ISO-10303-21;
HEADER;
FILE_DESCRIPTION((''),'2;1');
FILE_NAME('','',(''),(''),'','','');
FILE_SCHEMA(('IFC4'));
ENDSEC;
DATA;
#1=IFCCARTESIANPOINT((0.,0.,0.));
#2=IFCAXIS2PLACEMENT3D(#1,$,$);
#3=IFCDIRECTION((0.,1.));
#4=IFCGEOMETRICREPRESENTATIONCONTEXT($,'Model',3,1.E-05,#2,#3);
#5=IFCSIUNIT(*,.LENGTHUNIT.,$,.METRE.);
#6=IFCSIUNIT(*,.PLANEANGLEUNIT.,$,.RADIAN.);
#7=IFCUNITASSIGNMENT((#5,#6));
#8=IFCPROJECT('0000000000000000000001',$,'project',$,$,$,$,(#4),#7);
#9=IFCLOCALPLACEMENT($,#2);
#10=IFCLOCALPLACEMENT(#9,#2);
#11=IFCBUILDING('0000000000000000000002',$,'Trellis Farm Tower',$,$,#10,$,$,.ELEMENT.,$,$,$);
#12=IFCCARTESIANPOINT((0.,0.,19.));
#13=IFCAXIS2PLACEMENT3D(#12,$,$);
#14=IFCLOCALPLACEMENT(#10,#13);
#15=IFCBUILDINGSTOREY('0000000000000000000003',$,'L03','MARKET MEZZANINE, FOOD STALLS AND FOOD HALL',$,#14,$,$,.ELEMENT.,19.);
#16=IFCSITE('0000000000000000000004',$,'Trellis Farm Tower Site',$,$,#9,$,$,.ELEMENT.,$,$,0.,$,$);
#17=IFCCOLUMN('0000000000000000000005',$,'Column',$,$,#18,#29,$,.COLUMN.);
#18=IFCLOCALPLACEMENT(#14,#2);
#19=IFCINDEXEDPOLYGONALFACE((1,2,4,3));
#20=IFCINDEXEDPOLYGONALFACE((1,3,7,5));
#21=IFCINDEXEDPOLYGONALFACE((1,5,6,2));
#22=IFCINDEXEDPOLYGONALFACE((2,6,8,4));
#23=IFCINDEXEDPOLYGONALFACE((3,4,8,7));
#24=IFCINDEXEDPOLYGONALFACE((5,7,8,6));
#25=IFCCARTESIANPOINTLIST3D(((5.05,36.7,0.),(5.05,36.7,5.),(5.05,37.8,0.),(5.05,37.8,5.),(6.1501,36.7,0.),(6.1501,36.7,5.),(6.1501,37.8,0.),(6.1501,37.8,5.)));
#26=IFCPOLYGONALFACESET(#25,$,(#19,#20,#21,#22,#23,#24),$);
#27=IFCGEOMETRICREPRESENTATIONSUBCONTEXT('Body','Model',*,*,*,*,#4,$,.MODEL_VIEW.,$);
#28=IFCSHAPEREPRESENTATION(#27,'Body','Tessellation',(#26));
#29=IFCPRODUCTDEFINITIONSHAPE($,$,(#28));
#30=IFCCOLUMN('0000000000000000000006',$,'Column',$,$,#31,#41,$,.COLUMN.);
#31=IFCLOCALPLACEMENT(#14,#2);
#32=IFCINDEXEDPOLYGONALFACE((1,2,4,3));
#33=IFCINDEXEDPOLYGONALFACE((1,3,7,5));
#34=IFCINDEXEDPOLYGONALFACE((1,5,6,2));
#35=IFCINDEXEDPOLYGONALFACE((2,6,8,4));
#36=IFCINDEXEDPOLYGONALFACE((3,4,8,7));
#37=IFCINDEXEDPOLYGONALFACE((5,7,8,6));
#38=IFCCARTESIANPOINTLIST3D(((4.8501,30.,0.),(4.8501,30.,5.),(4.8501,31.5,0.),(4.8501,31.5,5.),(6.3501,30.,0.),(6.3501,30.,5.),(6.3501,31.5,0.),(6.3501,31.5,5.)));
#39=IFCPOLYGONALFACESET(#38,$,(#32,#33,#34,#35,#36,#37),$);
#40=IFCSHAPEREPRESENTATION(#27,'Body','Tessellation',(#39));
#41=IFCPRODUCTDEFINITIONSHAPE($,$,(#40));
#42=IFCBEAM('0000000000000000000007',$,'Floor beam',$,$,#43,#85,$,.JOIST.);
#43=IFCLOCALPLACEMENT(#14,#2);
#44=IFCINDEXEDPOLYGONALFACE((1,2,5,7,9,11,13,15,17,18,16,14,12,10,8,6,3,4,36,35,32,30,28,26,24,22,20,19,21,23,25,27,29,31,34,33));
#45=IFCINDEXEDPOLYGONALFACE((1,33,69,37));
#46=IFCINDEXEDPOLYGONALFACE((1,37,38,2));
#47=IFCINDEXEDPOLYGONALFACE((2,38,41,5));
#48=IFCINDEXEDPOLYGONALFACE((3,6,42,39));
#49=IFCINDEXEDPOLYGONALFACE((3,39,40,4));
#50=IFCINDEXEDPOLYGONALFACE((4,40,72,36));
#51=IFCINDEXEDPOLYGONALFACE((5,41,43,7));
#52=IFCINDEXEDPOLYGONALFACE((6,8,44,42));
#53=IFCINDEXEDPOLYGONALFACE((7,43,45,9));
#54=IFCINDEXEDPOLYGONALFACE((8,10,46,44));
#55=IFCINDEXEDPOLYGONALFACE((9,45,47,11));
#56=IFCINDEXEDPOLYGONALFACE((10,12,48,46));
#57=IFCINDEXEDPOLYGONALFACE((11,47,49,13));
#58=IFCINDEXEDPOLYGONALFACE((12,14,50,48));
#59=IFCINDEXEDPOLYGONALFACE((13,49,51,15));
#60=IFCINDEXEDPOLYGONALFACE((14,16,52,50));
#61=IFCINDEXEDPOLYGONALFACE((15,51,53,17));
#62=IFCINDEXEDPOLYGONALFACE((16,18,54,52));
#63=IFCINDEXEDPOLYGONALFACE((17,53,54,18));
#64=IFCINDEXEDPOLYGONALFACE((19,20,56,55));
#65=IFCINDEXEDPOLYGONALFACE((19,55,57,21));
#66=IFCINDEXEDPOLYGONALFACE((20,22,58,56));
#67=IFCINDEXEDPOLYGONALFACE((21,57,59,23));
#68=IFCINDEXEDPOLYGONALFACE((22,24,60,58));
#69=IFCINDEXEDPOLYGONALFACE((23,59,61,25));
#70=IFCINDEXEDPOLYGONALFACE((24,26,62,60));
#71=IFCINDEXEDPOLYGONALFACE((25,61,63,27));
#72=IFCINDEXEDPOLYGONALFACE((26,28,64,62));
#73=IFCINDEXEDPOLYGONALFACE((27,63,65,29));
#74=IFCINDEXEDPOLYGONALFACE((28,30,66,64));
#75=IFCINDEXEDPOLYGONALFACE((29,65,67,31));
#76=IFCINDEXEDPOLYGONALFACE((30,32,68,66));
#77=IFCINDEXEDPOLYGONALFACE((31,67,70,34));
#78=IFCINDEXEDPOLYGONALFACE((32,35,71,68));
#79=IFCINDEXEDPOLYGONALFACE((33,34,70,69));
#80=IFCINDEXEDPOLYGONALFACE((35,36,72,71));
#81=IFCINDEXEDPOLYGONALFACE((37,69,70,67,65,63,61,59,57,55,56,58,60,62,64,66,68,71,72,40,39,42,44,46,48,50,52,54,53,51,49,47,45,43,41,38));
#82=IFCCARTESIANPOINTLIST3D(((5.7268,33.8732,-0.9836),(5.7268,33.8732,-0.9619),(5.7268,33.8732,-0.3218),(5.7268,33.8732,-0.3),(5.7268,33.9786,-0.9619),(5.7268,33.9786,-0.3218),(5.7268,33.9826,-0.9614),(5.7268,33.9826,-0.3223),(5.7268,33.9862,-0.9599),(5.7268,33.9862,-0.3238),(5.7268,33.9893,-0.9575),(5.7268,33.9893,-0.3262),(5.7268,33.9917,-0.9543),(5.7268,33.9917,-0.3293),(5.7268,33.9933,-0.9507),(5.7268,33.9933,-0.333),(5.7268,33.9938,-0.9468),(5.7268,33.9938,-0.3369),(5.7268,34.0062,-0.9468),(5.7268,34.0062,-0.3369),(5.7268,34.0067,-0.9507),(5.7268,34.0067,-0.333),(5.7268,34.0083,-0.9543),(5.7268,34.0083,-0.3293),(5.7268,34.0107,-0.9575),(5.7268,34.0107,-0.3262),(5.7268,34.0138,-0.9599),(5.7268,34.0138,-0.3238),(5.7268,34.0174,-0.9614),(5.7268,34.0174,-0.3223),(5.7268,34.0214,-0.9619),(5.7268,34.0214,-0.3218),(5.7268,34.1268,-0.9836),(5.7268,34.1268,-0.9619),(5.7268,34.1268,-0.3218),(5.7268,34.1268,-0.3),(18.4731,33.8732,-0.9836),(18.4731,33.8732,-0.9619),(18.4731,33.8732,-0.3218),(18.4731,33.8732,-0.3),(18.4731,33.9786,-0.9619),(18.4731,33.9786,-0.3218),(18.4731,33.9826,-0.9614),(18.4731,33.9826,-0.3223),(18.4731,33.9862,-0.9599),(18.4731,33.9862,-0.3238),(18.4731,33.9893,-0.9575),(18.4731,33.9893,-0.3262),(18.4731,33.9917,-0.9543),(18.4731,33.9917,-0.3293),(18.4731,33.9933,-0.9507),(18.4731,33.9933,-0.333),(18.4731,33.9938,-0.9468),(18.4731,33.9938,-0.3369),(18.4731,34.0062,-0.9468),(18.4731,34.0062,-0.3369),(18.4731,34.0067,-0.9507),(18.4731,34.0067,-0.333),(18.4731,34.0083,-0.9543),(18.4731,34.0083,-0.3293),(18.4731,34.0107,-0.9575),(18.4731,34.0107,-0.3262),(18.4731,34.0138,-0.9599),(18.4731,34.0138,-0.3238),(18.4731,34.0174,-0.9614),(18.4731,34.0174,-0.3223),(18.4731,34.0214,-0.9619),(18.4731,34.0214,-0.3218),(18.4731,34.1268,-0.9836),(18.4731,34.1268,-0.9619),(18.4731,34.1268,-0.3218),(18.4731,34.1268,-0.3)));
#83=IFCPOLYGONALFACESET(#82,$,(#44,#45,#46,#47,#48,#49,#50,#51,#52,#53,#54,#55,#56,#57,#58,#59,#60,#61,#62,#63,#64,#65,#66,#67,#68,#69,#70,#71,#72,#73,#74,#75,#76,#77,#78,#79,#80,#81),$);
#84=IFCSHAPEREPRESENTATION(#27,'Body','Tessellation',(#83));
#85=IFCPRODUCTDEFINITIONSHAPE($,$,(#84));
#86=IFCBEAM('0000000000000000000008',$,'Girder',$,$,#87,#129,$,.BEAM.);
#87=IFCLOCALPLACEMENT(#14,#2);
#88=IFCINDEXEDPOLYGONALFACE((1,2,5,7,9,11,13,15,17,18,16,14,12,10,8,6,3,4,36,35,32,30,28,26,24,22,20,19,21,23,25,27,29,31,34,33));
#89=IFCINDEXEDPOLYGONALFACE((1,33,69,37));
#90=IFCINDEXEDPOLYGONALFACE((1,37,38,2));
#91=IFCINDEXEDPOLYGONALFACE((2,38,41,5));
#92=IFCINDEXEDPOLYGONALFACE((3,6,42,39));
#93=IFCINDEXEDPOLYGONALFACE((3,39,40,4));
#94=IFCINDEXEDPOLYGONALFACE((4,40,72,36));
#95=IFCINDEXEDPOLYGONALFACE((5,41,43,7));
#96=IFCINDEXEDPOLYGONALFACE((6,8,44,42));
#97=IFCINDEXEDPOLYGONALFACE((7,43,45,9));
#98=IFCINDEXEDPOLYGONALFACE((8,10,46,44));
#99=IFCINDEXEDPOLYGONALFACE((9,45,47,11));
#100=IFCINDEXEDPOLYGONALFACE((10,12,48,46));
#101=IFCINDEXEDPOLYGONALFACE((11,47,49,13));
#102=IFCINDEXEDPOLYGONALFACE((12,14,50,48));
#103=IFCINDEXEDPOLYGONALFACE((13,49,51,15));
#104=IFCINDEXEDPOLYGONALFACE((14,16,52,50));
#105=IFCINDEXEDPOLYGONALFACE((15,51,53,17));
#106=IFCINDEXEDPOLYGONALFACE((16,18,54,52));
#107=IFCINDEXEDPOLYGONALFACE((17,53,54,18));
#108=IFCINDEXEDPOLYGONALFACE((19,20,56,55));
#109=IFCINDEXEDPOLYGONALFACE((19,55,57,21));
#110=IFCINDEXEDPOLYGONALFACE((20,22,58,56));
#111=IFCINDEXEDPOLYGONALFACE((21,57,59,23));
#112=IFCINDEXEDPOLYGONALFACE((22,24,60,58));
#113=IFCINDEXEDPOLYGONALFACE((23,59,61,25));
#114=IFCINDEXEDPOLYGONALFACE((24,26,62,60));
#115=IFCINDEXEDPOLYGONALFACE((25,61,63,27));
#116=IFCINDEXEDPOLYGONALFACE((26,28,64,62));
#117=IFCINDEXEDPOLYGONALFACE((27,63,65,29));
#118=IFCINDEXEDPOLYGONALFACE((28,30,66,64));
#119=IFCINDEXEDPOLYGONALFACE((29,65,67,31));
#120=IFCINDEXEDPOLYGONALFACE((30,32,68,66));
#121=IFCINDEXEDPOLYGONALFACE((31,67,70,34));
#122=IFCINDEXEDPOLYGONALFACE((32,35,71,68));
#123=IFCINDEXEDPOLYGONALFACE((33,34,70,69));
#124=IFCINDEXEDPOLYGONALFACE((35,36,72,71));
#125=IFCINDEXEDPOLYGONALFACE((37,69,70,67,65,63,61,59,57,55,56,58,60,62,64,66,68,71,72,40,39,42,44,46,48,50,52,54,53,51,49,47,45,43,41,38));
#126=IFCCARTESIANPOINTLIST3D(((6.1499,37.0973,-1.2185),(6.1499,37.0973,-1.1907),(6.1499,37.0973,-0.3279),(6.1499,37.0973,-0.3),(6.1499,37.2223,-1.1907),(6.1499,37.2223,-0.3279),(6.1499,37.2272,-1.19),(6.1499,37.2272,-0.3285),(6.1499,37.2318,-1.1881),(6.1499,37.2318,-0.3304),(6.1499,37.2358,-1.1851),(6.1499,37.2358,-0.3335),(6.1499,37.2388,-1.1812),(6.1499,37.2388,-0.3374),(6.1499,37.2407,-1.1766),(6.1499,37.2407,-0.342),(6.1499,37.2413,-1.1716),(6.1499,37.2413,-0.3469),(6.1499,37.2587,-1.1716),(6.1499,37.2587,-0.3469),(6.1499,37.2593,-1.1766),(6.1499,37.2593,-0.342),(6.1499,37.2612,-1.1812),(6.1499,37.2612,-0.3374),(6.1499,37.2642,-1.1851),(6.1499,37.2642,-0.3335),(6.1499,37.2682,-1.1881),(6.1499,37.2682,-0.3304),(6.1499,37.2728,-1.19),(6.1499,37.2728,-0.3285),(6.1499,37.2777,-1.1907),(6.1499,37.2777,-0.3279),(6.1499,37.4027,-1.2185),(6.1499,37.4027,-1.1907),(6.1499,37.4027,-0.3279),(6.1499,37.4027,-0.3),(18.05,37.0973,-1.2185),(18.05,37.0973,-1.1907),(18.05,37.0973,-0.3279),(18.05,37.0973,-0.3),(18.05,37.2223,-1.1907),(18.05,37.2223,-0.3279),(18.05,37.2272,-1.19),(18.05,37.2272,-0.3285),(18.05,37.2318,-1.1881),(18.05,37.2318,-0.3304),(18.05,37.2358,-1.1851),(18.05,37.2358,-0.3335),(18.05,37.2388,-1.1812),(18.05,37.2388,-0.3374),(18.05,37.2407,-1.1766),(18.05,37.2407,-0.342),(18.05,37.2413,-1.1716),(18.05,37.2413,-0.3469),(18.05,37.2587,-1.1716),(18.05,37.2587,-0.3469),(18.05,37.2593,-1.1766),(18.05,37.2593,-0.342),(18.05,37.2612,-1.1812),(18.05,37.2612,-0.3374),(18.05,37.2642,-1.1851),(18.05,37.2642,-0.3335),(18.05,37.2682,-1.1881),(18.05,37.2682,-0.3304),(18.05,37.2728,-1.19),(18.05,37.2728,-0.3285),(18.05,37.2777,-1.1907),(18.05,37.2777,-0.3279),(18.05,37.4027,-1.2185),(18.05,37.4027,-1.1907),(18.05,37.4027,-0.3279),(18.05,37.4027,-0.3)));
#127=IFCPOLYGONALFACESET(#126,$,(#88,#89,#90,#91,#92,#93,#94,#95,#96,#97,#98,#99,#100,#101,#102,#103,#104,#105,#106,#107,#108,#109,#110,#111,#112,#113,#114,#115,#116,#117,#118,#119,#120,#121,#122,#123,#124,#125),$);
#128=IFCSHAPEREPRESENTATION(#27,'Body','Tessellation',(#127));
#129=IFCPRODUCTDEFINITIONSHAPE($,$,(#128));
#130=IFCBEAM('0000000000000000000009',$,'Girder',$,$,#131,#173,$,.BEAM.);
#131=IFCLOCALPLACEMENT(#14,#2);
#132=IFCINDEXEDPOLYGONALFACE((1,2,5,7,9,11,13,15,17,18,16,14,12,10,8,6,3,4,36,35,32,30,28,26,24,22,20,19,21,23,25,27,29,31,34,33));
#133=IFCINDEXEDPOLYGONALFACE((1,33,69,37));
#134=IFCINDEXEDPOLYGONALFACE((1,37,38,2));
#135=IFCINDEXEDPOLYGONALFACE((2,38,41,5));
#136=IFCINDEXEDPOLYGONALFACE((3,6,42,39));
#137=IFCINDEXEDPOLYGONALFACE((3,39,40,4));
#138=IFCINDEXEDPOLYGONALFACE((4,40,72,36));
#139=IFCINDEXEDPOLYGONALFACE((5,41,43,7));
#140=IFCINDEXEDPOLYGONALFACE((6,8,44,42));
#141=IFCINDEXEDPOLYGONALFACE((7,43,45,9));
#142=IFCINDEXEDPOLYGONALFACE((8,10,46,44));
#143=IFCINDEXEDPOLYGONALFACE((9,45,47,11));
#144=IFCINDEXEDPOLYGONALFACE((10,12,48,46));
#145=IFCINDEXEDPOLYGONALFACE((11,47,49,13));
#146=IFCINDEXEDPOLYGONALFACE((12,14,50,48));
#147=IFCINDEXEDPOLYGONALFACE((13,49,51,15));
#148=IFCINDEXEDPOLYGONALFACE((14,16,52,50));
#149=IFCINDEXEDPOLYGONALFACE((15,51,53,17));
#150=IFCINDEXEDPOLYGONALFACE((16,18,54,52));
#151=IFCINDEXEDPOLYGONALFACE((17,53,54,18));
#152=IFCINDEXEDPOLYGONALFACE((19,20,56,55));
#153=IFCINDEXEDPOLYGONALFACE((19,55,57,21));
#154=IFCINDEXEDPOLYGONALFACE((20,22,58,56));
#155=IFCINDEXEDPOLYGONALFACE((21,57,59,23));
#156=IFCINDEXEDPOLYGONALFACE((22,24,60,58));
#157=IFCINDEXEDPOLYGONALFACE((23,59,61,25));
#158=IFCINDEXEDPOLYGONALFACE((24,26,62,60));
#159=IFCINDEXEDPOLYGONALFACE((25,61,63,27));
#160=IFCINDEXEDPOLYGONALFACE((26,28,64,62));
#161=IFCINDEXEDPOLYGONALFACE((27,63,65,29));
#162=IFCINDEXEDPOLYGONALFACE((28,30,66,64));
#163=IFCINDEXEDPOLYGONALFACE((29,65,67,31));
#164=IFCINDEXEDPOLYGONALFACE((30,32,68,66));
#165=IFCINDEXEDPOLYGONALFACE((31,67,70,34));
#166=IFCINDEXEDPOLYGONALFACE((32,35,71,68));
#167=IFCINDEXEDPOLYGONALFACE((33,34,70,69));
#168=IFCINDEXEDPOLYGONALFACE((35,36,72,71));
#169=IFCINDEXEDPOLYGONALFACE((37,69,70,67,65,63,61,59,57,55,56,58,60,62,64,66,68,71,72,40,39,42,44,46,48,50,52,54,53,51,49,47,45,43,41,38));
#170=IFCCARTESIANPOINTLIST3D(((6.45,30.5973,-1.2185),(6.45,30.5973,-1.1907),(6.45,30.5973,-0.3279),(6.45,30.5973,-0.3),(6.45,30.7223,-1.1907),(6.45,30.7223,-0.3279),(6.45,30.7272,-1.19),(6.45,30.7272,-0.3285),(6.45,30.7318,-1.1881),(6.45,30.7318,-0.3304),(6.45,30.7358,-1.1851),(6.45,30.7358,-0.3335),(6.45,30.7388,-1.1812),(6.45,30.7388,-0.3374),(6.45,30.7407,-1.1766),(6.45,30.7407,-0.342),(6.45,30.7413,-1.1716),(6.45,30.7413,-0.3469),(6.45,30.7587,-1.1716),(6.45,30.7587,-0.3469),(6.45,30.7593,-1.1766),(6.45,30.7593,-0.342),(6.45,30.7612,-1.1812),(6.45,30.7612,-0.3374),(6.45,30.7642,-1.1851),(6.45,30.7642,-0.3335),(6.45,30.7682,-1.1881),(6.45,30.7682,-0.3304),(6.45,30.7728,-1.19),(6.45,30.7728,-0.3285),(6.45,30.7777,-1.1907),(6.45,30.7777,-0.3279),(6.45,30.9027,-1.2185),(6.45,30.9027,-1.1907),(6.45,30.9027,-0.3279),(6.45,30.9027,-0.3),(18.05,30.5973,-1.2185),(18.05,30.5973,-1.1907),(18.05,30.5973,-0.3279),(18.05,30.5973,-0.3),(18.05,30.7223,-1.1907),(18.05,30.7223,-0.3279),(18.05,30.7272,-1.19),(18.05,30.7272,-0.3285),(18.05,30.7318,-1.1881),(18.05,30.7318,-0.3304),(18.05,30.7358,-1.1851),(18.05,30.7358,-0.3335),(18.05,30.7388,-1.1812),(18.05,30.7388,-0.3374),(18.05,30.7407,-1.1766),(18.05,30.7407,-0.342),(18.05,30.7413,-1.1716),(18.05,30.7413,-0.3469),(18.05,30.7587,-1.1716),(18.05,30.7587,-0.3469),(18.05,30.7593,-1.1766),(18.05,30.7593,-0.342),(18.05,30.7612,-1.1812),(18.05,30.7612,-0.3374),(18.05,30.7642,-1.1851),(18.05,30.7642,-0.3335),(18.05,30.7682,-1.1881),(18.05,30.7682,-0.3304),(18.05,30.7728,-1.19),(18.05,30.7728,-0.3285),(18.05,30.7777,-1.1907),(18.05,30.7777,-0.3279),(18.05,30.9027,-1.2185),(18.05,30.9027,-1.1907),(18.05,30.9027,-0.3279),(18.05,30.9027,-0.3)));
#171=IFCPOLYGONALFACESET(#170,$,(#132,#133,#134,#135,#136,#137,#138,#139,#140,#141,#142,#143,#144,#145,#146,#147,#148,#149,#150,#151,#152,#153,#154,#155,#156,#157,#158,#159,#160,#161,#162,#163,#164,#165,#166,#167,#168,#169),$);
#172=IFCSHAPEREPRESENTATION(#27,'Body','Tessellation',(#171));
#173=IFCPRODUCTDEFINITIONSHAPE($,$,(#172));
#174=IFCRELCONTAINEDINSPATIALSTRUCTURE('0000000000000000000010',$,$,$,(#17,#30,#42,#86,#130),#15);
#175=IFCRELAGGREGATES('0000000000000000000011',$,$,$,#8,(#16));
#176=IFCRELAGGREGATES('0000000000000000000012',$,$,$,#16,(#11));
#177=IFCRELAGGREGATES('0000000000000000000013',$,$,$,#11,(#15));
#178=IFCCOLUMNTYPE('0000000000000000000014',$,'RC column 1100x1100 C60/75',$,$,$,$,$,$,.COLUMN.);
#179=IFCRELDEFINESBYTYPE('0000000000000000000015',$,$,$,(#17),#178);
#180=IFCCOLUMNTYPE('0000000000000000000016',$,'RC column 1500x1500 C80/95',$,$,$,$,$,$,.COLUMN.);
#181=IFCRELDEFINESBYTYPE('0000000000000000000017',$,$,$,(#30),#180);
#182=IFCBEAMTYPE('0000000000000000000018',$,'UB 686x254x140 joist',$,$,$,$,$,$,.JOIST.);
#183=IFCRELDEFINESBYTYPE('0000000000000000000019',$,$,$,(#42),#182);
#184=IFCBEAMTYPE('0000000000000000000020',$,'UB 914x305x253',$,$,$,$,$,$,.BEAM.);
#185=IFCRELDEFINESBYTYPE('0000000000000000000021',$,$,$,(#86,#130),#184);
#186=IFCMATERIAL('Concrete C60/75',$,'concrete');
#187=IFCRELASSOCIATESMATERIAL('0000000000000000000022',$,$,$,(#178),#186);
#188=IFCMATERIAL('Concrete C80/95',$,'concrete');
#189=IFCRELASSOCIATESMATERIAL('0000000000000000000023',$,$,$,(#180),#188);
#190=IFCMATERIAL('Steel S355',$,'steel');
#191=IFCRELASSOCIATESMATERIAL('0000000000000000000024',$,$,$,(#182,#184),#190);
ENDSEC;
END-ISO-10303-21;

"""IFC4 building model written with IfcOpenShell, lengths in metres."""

from ifc_helpers import new_model, si_unit, direction, frame, origin, origin_2d, place, context, subcontext, project, spatial, rectangle, i_section, extrude, source, transform, mapped, material, material_profile, profile_set, type_object, element, save


model = new_model("IFC4")

# Units and contexts
model_context = context("Model", 3, precision=1e-05, world=origin(), true_north=direction((0.0, 1.0)))
body_context = subcontext(model_context, "Body", "Model", "MODEL_VIEW")
ifc_project = project(units=[si_unit("LENGTHUNIT", "METRE"), si_unit("PLANEANGLEUNIT", "RADIAN")], contexts=[model_context])

# Site, building, storey
site_placement = place(None, origin())
site = spatial("IfcSite", under=ifc_project, at=site_placement, Name="Trellis Farm Tower Site", CompositionType="ELEMENT", RefElevation=0.0)
building_placement = place(site_placement, origin())
building = spatial("IfcBuilding", under=site, at=building_placement, Name="Trellis Farm Tower", CompositionType="ELEMENT")
storey_placement = place(building_placement, frame((0.0, 0.0, 19.0)))
storey = spatial("IfcBuildingStorey", under=building, at=storey_placement, Name="L03", Description="MARKET MEZZANINE, FOOD STALLS AND FOOD HALL", CompositionType="ELEMENT", Elevation=19.0)

# Columns
ifc_material_1 = material(Name="Concrete C60/75", Category="concrete")
ifc_material_profile_1 = material_profile(ifc_material_1, rectangle(XDim=1.1001, YDim=1.1001, at=origin_2d()), Name="RC column 1100x1100 C60/75")
ifc_profile_set_1 = profile_set([ifc_material_profile_1], Name="Concrete C60/75")
column_type_1 = type_object("IfcColumnType", Name="RC column 1100x1100 C60/75", PredefinedType="COLUMN", material=ifc_profile_set_1)
shared_shape_1 = source(origin(), body_context, "Body", "SweptSolid", [
    extrude(rectangle(XDim=1.1001, YDim=1.1001, at=origin_2d()), origin(), (0.0, 0.0, 1.0), 5.0),
])
column_1_placement = place(storey_placement, frame((5.6001, 37.25, 0.0), z_axis=(0.0, 0.0, 1.0), x_axis=(1.0, 0.0, 0.0)))
element("IfcColumn", 1, at=column_1_placement, inside=storey, type_object=column_type_1, Name="Column", PredefinedType="COLUMN", context=body_context, shape_type="MappedRepresentation", body=[
    mapped(shared_shape_1, transform((0.0, 0.0, 0.0))),
])
ifc_material_2 = material(Name="Concrete C80/95", Category="concrete")
ifc_material_profile_2 = material_profile(ifc_material_2, rectangle(XDim=1.5, YDim=1.5, at=origin_2d()), Name="RC column 1500x1500 C80/95")
ifc_profile_set_2 = profile_set([ifc_material_profile_2], Name="Concrete C80/95")
column_type_2 = type_object("IfcColumnType", Name="RC column 1500x1500 C80/95", PredefinedType="COLUMN", material=ifc_profile_set_2)
shared_shape_2 = source(origin(), body_context, "Body", "SweptSolid", [
    extrude(rectangle(XDim=1.5, YDim=1.5, at=origin_2d()), origin(), (0.0, 0.0, 1.0), 5.0),
])
column_2_placement = place(storey_placement, frame((5.6001, 30.75, 0.0), z_axis=(0.0, 0.0, 1.0), x_axis=(1.0, 0.0, 0.0)))
element("IfcColumn", 2, at=column_2_placement, inside=storey, type_object=column_type_2, Name="Column", PredefinedType="COLUMN", context=body_context, shape_type="MappedRepresentation", body=[
    mapped(shared_shape_2, transform((0.0, 0.0, 0.0))),
])

# Beams
ifc_material_3 = material(Name="Steel S355", Category="steel")
ifc_material_profile_3 = material_profile(ifc_material_3, i_section(OverallWidth=0.2537, OverallDepth=0.6836, WebThickness=0.0125, FlangeThickness=0.0217, FilletRadius=0.0151, at=origin_2d()), Name="UB 686x254x140")
ifc_profile_set_3 = profile_set([ifc_material_profile_3], Name="Steel S355")
beam_type_1 = type_object("IfcBeamType", Name="UB 686x254x140 joist", PredefinedType="JOIST", material=ifc_profile_set_3)
shared_shape_3 = source(origin(), body_context, "Body", "SweptSolid", [
    extrude(i_section(OverallWidth=0.2537, OverallDepth=0.6836, WebThickness=0.0125, FlangeThickness=0.0217, FilletRadius=0.0151, at=origin_2d()), origin(), (0.0, 0.0, 1.0), 12.7463),
])
beam_1_placement = place(storey_placement, frame((5.7268, 34.0, -0.6418), z_axis=(1.0, 0.0, 0.0), x_axis=(0.0, 1.0, 0.0)))
element("IfcBeam", 3, at=beam_1_placement, inside=storey, type_object=beam_type_1, Name="Floor beam", PredefinedType="JOIST", context=body_context, shape_type="MappedRepresentation", body=[
    mapped(shared_shape_3, transform((0.0, 0.0, 0.0))),
])
ifc_material_profile_4 = material_profile(ifc_material_3, i_section(OverallWidth=0.3054, OverallDepth=0.9185, WebThickness=0.0173, FlangeThickness=0.0278, FilletRadius=0.019, at=origin_2d()), Name="UB 914x305x253")
ifc_profile_set_4 = profile_set([ifc_material_profile_4], Name="Steel S355")
beam_type_2 = type_object("IfcBeamType", Name="UB 914x305x253", PredefinedType="BEAM", material=ifc_profile_set_4)
shared_shape_4 = source(origin(), body_context, "Body", "SweptSolid", [
    extrude(i_section(OverallWidth=0.3054, OverallDepth=0.9185, WebThickness=0.0173, FlangeThickness=0.0278, FilletRadius=0.019, at=origin_2d()), origin(), (0.0, 0.0, 1.0), 11.9001),
])
beam_2_placement = place(storey_placement, frame((6.1499, 37.25, -0.7593), z_axis=(1.0, 0.0, 0.0), x_axis=(0.0, 1.0, 0.0)))
element("IfcBeam", 4, at=beam_2_placement, inside=storey, type_object=beam_type_2, Name="Girder", PredefinedType="BEAM", context=body_context, shape_type="MappedRepresentation", body=[
    mapped(shared_shape_4, transform((0.0, 0.0, 0.0))),
])
shared_shape_5 = source(origin(), body_context, "Body", "SweptSolid", [
    extrude(i_section(OverallWidth=0.3054, OverallDepth=0.9185, WebThickness=0.0173, FlangeThickness=0.0278, FilletRadius=0.019, at=origin_2d()), origin(), (0.0, 0.0, 1.0), 11.6001),
])
beam_3_placement = place(storey_placement, frame((6.45, 30.75, -0.7593), z_axis=(1.0, 0.0, 0.0), x_axis=(0.0, 1.0, 0.0)))
element("IfcBeam", 5, at=beam_3_placement, inside=storey, type_object=beam_type_2, Name="Girder", PredefinedType="BEAM", context=body_context, shape_type="MappedRepresentation", body=[
    mapped(shared_shape_5, transform((0.0, 0.0, 0.0))),
])

save(model, "model.ifc")
